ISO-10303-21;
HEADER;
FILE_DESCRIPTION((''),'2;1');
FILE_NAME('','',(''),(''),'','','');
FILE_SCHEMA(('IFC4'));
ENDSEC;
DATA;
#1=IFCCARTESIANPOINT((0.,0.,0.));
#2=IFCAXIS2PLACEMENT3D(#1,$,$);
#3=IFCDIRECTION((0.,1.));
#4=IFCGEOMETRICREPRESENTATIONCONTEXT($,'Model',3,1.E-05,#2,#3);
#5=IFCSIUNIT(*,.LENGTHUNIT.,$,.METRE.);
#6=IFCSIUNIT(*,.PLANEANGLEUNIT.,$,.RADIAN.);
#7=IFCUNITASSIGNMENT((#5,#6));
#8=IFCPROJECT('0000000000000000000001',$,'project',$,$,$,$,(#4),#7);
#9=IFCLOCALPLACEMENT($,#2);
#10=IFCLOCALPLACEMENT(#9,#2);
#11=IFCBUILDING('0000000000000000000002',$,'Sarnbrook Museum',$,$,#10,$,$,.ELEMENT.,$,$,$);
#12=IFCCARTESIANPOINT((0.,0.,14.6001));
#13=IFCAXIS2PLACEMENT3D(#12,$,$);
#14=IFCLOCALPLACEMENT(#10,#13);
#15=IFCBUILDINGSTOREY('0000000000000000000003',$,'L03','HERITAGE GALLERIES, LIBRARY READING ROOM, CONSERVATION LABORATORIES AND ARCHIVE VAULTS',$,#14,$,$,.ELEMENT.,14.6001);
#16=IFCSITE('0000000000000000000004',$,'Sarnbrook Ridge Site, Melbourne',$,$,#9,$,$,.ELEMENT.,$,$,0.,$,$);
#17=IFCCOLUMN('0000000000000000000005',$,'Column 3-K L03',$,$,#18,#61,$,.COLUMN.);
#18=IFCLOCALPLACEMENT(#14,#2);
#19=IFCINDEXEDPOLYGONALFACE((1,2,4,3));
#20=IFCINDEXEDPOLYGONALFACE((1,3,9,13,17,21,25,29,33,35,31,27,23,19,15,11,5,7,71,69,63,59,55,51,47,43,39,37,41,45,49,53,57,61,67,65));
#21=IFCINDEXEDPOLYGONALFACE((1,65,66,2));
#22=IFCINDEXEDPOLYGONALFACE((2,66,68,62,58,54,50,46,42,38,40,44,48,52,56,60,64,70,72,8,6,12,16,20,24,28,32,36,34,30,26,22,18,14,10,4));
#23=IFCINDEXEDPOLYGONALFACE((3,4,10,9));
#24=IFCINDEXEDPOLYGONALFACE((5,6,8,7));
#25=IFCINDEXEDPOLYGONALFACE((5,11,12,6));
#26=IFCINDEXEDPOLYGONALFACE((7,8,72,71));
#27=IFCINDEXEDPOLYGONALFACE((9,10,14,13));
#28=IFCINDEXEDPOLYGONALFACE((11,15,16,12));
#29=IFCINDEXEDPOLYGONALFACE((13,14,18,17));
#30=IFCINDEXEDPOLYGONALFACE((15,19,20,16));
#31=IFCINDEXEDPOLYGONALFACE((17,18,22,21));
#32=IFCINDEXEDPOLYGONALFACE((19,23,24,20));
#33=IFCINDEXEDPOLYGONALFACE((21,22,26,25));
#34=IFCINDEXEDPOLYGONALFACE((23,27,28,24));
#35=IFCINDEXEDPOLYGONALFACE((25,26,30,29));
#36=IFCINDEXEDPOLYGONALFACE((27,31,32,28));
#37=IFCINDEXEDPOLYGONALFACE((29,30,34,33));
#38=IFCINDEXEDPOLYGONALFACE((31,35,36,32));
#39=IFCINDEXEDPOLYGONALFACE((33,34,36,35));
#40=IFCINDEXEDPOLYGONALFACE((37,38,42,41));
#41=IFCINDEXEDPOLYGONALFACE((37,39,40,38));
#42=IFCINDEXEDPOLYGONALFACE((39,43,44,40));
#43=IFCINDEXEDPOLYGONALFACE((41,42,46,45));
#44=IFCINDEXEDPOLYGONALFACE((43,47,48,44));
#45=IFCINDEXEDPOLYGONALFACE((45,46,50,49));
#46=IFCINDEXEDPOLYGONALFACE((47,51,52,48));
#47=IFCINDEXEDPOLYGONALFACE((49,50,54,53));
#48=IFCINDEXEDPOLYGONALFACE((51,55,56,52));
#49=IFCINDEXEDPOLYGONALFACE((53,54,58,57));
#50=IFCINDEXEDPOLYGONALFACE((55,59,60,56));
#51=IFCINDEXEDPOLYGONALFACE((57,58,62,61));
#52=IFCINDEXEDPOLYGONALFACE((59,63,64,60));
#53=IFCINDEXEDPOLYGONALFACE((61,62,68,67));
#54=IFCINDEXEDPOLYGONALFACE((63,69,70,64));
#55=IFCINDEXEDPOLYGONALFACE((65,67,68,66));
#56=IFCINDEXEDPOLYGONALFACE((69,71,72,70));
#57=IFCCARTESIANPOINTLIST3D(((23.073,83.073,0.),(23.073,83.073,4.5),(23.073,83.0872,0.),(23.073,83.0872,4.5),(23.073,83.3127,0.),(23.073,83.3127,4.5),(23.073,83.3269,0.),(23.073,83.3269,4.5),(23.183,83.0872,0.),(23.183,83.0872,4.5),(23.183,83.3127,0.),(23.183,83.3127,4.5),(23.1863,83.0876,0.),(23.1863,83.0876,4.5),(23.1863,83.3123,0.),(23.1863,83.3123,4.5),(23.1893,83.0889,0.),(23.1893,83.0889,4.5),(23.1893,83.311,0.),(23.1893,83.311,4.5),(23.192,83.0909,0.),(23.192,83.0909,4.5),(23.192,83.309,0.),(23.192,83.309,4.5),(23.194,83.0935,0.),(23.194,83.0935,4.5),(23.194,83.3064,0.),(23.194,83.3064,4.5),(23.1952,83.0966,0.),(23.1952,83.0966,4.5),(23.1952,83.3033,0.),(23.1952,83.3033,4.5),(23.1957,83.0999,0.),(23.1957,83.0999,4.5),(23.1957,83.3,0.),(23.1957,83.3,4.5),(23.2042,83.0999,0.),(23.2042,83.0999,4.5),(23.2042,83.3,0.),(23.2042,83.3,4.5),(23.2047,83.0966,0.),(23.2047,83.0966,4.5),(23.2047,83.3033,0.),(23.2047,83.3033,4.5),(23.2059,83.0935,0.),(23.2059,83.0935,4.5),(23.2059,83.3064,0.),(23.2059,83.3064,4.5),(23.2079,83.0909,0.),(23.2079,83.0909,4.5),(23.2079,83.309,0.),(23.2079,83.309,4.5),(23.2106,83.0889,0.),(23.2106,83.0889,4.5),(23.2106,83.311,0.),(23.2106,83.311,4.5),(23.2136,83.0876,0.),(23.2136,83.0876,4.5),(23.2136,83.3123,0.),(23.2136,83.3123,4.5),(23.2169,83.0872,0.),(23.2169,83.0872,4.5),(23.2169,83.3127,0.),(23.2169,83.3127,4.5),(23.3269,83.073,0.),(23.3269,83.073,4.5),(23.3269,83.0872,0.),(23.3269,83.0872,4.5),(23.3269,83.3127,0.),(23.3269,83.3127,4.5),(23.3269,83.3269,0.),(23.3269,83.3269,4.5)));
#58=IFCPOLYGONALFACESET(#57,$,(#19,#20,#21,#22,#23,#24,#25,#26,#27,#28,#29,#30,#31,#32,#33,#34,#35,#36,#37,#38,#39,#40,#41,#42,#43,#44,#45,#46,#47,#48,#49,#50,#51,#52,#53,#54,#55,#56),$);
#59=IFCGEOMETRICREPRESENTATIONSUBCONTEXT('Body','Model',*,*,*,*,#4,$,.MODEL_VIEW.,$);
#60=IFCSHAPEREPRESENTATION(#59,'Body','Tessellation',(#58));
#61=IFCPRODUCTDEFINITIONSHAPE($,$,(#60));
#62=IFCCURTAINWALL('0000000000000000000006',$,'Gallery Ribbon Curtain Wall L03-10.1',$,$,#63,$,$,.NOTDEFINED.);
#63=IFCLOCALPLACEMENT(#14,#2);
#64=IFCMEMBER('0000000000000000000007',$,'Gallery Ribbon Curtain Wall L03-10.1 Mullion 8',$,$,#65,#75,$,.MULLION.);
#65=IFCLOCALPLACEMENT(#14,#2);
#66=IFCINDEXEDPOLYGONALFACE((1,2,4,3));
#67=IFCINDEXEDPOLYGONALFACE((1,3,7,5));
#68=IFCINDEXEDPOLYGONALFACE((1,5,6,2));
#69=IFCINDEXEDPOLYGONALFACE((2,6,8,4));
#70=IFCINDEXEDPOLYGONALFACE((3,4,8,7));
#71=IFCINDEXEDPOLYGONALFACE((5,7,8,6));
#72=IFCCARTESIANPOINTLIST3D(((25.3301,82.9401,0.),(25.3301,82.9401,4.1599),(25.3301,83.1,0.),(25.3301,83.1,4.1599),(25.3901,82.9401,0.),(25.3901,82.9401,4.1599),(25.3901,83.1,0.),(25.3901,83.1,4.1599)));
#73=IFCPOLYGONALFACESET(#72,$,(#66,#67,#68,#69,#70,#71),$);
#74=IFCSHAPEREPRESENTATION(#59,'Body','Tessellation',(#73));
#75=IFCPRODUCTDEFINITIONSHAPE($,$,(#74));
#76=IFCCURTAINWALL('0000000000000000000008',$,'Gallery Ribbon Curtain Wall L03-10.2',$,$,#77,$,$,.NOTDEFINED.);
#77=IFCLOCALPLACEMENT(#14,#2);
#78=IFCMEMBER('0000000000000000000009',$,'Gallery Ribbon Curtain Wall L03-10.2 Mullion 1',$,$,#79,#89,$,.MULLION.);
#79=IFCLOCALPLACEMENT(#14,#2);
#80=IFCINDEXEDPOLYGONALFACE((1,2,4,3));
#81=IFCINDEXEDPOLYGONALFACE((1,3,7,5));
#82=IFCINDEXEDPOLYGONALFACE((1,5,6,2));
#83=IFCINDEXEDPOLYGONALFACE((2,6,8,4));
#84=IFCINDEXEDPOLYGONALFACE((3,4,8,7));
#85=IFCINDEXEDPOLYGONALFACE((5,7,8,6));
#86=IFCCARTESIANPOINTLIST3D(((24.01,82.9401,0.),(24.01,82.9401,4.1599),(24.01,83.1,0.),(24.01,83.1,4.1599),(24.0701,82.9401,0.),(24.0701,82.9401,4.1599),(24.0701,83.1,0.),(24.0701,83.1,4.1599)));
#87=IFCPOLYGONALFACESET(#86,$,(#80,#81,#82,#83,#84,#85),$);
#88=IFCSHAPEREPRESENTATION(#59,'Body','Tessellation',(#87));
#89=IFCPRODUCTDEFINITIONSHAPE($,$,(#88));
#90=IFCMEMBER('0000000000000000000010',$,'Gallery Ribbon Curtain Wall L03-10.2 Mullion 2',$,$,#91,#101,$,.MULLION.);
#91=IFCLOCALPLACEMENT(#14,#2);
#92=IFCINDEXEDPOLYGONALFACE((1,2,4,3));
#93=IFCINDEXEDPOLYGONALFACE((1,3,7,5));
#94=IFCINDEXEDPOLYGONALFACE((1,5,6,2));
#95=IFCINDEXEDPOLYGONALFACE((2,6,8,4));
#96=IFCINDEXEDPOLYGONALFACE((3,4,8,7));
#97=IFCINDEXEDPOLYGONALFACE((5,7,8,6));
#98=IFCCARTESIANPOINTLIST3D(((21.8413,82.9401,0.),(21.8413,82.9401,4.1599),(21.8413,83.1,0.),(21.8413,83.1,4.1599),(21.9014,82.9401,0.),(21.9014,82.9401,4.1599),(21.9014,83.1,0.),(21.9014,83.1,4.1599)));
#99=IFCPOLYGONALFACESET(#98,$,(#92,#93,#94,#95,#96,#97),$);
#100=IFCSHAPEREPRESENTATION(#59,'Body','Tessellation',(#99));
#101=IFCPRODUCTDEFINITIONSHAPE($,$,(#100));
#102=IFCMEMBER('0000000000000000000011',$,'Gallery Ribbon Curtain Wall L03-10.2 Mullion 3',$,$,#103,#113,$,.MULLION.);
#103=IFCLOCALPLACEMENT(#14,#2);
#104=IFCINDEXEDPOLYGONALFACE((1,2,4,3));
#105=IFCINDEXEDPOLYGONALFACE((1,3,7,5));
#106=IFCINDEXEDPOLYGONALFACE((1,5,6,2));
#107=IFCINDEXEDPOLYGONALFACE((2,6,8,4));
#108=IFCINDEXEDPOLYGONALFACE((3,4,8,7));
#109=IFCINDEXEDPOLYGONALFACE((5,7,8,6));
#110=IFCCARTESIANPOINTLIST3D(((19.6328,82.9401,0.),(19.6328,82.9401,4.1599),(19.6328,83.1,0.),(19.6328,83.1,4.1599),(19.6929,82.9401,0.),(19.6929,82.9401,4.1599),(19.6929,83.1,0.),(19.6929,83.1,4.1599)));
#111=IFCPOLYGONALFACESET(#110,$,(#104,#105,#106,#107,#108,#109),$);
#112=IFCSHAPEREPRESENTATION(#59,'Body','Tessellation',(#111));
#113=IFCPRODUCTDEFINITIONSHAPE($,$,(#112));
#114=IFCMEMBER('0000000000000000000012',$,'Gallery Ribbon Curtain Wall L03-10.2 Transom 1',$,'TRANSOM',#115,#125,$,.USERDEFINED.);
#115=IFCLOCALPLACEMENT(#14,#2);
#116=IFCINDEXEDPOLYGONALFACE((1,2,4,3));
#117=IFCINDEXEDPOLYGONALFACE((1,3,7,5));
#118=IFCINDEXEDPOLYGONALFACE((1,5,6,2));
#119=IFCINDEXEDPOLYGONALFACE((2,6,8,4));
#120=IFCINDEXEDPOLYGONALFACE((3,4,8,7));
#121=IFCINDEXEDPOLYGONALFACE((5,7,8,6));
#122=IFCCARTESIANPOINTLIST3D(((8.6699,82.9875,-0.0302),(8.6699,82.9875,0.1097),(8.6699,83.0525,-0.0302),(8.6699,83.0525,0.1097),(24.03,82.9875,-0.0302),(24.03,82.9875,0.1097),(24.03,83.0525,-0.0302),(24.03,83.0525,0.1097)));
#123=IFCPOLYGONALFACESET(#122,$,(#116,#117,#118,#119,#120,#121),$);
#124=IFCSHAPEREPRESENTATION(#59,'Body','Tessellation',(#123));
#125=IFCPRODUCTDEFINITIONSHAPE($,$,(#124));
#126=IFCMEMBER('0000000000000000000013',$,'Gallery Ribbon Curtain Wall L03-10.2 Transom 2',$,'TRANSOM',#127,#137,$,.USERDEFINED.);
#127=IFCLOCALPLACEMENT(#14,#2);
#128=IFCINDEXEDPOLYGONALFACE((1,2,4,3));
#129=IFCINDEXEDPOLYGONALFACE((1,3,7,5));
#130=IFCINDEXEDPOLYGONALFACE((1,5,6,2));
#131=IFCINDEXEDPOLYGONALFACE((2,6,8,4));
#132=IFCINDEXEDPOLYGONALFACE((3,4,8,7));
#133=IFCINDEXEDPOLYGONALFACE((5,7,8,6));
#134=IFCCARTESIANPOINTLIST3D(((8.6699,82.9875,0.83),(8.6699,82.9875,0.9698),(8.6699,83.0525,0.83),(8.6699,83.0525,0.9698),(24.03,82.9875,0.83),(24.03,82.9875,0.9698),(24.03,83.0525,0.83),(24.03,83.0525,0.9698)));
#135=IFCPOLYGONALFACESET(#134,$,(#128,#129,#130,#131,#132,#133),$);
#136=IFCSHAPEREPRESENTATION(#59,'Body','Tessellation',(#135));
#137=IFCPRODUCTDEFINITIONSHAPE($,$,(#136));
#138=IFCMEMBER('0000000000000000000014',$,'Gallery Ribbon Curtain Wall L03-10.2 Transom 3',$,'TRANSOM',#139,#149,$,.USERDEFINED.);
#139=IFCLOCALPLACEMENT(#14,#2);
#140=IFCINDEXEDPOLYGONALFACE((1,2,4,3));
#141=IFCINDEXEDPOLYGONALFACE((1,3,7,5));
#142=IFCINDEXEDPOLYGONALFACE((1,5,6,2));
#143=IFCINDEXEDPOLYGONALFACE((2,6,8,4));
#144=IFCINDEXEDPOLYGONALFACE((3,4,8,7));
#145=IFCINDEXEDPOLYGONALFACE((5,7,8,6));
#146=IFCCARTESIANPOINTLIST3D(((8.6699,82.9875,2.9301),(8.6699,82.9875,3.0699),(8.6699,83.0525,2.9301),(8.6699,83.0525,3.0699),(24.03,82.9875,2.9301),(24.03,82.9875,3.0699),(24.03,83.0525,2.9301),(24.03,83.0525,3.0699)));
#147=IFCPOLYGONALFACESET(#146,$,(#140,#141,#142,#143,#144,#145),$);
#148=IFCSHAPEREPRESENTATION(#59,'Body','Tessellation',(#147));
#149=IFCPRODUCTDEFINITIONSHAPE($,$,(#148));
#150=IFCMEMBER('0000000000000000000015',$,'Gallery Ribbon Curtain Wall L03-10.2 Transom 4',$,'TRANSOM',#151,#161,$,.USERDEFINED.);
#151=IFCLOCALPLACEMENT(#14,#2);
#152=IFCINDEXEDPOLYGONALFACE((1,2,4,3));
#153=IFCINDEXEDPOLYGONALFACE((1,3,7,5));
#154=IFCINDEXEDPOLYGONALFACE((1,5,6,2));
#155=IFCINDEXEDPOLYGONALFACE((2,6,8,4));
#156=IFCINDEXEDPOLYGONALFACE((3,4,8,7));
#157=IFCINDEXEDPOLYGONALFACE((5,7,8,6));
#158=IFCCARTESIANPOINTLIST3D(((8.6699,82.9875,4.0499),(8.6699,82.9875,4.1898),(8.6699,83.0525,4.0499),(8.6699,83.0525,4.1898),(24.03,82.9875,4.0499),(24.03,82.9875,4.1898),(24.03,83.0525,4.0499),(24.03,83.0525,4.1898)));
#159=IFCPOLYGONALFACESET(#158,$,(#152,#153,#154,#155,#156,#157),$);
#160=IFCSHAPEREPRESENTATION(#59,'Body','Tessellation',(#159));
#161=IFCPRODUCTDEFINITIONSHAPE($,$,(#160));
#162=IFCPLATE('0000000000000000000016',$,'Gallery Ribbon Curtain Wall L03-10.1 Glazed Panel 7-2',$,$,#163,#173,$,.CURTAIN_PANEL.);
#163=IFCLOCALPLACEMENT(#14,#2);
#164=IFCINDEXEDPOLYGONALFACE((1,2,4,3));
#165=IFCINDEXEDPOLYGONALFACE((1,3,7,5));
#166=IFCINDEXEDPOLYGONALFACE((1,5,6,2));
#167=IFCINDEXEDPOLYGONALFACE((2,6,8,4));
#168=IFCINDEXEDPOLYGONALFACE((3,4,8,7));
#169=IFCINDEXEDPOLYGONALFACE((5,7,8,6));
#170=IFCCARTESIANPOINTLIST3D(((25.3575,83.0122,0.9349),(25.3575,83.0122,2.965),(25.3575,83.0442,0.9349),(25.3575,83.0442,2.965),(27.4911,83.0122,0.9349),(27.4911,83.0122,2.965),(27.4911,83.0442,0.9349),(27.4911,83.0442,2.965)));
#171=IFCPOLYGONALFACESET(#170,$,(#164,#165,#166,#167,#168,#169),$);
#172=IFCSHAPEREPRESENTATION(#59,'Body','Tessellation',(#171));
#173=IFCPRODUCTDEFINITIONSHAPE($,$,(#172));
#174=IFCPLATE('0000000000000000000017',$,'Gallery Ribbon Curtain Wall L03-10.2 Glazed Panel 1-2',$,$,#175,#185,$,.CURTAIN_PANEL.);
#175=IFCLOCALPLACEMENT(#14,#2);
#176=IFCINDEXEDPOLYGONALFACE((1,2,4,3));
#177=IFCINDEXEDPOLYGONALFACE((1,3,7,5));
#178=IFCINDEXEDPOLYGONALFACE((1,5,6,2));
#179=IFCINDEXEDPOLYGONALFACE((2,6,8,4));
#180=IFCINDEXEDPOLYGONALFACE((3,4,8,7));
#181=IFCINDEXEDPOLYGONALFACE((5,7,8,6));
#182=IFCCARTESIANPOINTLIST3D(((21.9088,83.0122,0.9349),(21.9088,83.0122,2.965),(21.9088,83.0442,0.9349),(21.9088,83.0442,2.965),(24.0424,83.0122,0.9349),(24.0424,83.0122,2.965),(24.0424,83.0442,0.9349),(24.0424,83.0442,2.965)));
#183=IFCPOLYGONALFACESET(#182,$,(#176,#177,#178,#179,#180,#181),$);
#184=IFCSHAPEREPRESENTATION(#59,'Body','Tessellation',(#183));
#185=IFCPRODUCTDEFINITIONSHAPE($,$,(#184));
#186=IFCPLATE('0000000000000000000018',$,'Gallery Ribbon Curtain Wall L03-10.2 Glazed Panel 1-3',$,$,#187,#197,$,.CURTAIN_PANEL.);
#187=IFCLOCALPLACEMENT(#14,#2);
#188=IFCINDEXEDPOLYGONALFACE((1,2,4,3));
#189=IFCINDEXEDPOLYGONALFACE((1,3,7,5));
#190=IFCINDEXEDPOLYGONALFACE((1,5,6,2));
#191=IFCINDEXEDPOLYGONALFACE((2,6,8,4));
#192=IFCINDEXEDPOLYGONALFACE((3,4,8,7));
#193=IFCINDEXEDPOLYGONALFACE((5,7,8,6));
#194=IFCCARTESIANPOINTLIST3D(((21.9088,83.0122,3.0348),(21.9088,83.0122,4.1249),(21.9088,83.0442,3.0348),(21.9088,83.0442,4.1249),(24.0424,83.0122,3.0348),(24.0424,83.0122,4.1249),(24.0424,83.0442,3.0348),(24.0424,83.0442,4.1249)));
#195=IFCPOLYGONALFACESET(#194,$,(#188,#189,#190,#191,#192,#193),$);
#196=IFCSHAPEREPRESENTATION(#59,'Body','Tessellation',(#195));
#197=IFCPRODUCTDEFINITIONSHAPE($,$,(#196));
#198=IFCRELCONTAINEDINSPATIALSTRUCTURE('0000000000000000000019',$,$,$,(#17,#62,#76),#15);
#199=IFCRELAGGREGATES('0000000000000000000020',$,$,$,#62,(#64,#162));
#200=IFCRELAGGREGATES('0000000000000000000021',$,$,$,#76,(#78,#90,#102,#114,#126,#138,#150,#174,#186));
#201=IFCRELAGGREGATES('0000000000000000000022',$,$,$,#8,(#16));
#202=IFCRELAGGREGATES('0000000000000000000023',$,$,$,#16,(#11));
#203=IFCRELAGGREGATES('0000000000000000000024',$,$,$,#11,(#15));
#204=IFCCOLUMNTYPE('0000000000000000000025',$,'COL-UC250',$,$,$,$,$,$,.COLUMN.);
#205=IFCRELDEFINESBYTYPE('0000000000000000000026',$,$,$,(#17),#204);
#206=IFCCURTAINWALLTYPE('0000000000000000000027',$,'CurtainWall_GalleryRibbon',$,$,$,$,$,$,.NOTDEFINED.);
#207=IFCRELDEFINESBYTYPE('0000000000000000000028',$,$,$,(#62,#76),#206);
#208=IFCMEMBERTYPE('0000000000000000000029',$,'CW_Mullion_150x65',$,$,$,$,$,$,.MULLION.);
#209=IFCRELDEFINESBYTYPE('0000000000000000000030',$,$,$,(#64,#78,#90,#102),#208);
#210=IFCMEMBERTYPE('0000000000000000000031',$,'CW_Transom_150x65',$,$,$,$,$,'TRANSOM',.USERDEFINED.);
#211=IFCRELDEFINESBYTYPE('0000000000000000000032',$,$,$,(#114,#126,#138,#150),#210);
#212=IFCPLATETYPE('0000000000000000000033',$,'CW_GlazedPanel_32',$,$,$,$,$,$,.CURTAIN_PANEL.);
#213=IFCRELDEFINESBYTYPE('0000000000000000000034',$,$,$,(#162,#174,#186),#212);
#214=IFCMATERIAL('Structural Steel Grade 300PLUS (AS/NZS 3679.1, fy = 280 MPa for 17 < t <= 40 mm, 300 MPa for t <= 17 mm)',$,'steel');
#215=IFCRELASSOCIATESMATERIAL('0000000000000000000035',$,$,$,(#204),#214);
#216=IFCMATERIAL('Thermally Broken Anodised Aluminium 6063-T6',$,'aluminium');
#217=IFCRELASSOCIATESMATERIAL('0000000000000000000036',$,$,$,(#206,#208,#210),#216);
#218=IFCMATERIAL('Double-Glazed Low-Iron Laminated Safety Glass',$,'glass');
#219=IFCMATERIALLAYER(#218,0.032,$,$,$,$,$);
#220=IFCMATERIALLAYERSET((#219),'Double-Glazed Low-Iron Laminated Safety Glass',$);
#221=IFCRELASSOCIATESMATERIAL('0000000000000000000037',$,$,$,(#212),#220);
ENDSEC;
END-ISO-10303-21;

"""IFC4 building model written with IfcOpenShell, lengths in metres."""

from ifc_helpers import new_model, si_unit, direction, frame, origin, origin_2d, place, context, subcontext, project, spatial, rectangle, i_section, extrude, material, layer, layer_set, material_profile, profile_set, type_object, element, aggregate, save


model = new_model("IFC4")

# Units and contexts
model_context = context("Model", 3, precision=1e-05, world=origin(), true_north=direction((0.0, 1.0)))
body_context = subcontext(model_context, "Body", "Model", "MODEL_VIEW")
ifc_project = project(units=[si_unit("LENGTHUNIT", "METRE"), si_unit("PLANEANGLEUNIT", "RADIAN")], contexts=[model_context])

# Site, building, storey
site_placement = place(None, origin())
site = spatial("IfcSite", under=ifc_project, at=site_placement, Name="Sarnbrook Ridge Site, Melbourne", CompositionType="ELEMENT", RefElevation=0.0)
building_placement = place(site_placement, origin())
building = spatial("IfcBuilding", under=site, at=building_placement, Name="Sarnbrook Museum", CompositionType="ELEMENT")
storey_placement = place(building_placement, frame((0.0, 0.0, 14.6001)))
storey = spatial("IfcBuildingStorey", under=building, at=storey_placement, Name="L03", Description="HERITAGE GALLERIES, LIBRARY READING ROOM, CONSERVATION LABORATORIES AND ARCHIVE VAULTS", CompositionType="ELEMENT", Elevation=14.6001)

# Column
ifc_material_1 = material(Name="Structural Steel Grade 300PLUS (AS/NZS 3679.1, fy = 280 MPa for 17 < t <= 40 mm, 300 MPa for t <= 17 mm)", Category="steel")
ifc_material_profile_1 = material_profile(ifc_material_1, i_section(OverallWidth=0.2539, OverallDepth=0.2539, WebThickness=0.0085, FlangeThickness=0.0142, FilletRadius=0.0127, at=origin_2d()), Name="250UC72.9")
ifc_profile_set_1 = profile_set([ifc_material_profile_1], Name="Structural Steel Grade 300PLUS (AS/NZS 3679.1, fy = 280 MPa for 17 < t <= 40 mm, 300 MPa for t <= 17 mm)")
column_type = type_object("IfcColumnType", Name="COL-UC250", PredefinedType="COLUMN", material=ifc_profile_set_1)
column_placement = place(storey_placement, frame((23.2, 83.2, 0.0), z_axis=(0.0, 0.0, 1.0), x_axis=(1.0, 0.0, 0.0)))
element("IfcColumn", 1, at=column_placement, inside=storey, type_object=column_type, Name="Column 3-K L03", PredefinedType="COLUMN", context=body_context, shape_type="SweptSolid", body=[
    extrude(i_section(OverallWidth=0.2539, OverallDepth=0.2539, WebThickness=0.0085, FlangeThickness=0.0142, FilletRadius=0.0127, at=origin_2d()), origin(), (0.0, 0.0, 1.0), 4.5),
])

# Curtain wall, member
ifc_material_2 = material(Name="Thermally Broken Anodised Aluminium 6063-T6", Category="aluminium")
curtain_wall_type = type_object("IfcCurtainWallType", Name="CurtainWall_GalleryRibbon", PredefinedType="NOTDEFINED", material=ifc_material_2)
curtain_wall_1_placement = place(storey_placement, origin())
curtain_wall_1 = element("IfcCurtainWall", 2, at=curtain_wall_1_placement, inside=storey, type_object=curtain_wall_type, Name="Gallery Ribbon Curtain Wall L03-10.1", PredefinedType="NOTDEFINED")
ifc_material_profile_2 = material_profile(ifc_material_2, rectangle(XDim=0.0601, YDim=0.1599, at=origin_2d()), Name="ALU MULLION 60x160")
ifc_profile_set_2 = profile_set([ifc_material_profile_2], Name="Thermally Broken Anodised Aluminium 6063-T6")
member_type_1 = type_object("IfcMemberType", Name="CW_Mullion_150x65", PredefinedType="MULLION", material=ifc_profile_set_2)
member_1_placement = place(storey_placement, frame((25.3601, 83.02, 0.0), z_axis=(0.0, 0.0, 1.0), x_axis=(1.0, 0.0, 0.0)))
member_1 = element("IfcMember", 3, at=member_1_placement, type_object=member_type_1, Name="Gallery Ribbon Curtain Wall L03-10.1 Mullion 8", PredefinedType="MULLION", context=body_context, shape_type="SweptSolid", body=[
    extrude(rectangle(XDim=0.0601, YDim=0.1599, at=origin_2d()), origin(), (0.0, 0.0, 1.0), 4.1599),
])

# Curtain wall, members
curtain_wall_2_placement = place(storey_placement, origin())
curtain_wall_2 = element("IfcCurtainWall", 4, at=curtain_wall_2_placement, inside=storey, type_object=curtain_wall_type, Name="Gallery Ribbon Curtain Wall L03-10.2", PredefinedType="NOTDEFINED")
member_2_placement = place(storey_placement, frame((24.04, 83.02, 0.0), z_axis=(0.0, 0.0, 1.0), x_axis=(1.0, 0.0, 0.0)))
member_2 = element("IfcMember", 5, at=member_2_placement, type_object=member_type_1, Name="Gallery Ribbon Curtain Wall L03-10.2 Mullion 1", PredefinedType="MULLION", context=body_context, shape_type="SweptSolid", body=[
    extrude(rectangle(XDim=0.0601, YDim=0.1599, at=origin_2d()), origin(), (0.0, 0.0, 1.0), 4.1599),
])
member_3_placement = place(storey_placement, frame((21.8713, 83.02, 0.0), z_axis=(0.0, 0.0, 1.0), x_axis=(1.0, 0.0, 0.0)))
member_3 = element("IfcMember", 6, at=member_3_placement, type_object=member_type_1, Name="Gallery Ribbon Curtain Wall L03-10.2 Mullion 2", PredefinedType="MULLION", context=body_context, shape_type="SweptSolid", body=[
    extrude(rectangle(XDim=0.0601, YDim=0.1599, at=origin_2d()), origin(), (0.0, 0.0, 1.0), 4.1599),
])
member_4_placement = place(storey_placement, frame((19.6628, 83.02, 0.0), z_axis=(0.0, 0.0, 1.0), x_axis=(1.0, 0.0, 0.0)))
member_4 = element("IfcMember", 7, at=member_4_placement, type_object=member_type_1, Name="Gallery Ribbon Curtain Wall L03-10.2 Mullion 3", PredefinedType="MULLION", context=body_context, shape_type="SweptSolid", body=[
    extrude(rectangle(XDim=0.0601, YDim=0.1599, at=origin_2d()), origin(), (0.0, 0.0, 1.0), 4.1599),
])
ifc_material_profile_3 = material_profile(ifc_material_2, rectangle(XDim=0.0649, YDim=0.1399, at=origin_2d()), Name="ALU TRANSOM 65x140")
ifc_profile_set_3 = profile_set([ifc_material_profile_3], Name="Thermally Broken Anodised Aluminium 6063-T6")
member_type_2 = type_object("IfcMemberType", Name="CW_Transom_150x65", ElementType="TRANSOM", PredefinedType="USERDEFINED", material=ifc_profile_set_3)
member_5_placement = place(storey_placement, frame((24.03, 83.02, 0.0398), z_axis=(-1.0, 0.0, 0.0), x_axis=(0.0, -1.0, 0.0)))
member_5 = element("IfcMember", 8, at=member_5_placement, type_object=member_type_2, Name="Gallery Ribbon Curtain Wall L03-10.2 Transom 1", ObjectType="TRANSOM", PredefinedType="USERDEFINED", context=body_context, shape_type="SweptSolid", body=[
    extrude(rectangle(XDim=0.0649, YDim=0.1399, at=origin_2d()), origin(), (0.0, 0.0, 1.0), 15.3601),
])
member_6_placement = place(storey_placement, frame((24.03, 83.02, 0.8999), z_axis=(-1.0, 0.0, 0.0), x_axis=(0.0, -1.0, 0.0)))
member_6 = element("IfcMember", 9, at=member_6_placement, type_object=member_type_2, Name="Gallery Ribbon Curtain Wall L03-10.2 Transom 2", ObjectType="TRANSOM", PredefinedType="USERDEFINED", context=body_context, shape_type="SweptSolid", body=[
    extrude(rectangle(XDim=0.0649, YDim=0.1399, at=origin_2d()), origin(), (0.0, 0.0, 1.0), 15.3601),
])
member_7_placement = place(storey_placement, frame((24.03, 83.02, 3.0), z_axis=(-1.0, 0.0, 0.0), x_axis=(0.0, -1.0, 0.0)))
member_7 = element("IfcMember", 10, at=member_7_placement, type_object=member_type_2, Name="Gallery Ribbon Curtain Wall L03-10.2 Transom 3", ObjectType="TRANSOM", PredefinedType="USERDEFINED", context=body_context, shape_type="SweptSolid", body=[
    extrude(rectangle(XDim=0.0649, YDim=0.1399, at=origin_2d()), origin(), (0.0, 0.0, 1.0), 15.3601),
])
member_8_placement = place(storey_placement, frame((24.03, 83.02, 4.1199), z_axis=(-1.0, 0.0, 0.0), x_axis=(0.0, -1.0, 0.0)))
member_8 = element("IfcMember", 11, at=member_8_placement, type_object=member_type_2, Name="Gallery Ribbon Curtain Wall L03-10.2 Transom 4", ObjectType="TRANSOM", PredefinedType="USERDEFINED", context=body_context, shape_type="SweptSolid", body=[
    extrude(rectangle(XDim=0.0649, YDim=0.1399, at=origin_2d()), origin(), (0.0, 0.0, 1.0), 15.3601),
])

# Plates
ifc_material_3 = material(Name="Double-Glazed Low-Iron Laminated Safety Glass", Category="glass")
ifc_layer_1 = layer(ifc_material_3, 0.032)
ifc_layer_set_1 = layer_set([ifc_layer_1], Name="Double-Glazed Low-Iron Laminated Safety Glass")
plate_type_1 = type_object("IfcPlateType", Name="CW_GlazedPanel_32", PredefinedType="CURTAIN_PANEL", material=ifc_layer_set_1)
plate_1_placement = place(storey_placement, frame((26.4243, 83.0122, 1.95), z_axis=(0.0, 1.0, 0.0), x_axis=(-1.0, 0.0, 0.0)))
plate_1 = element("IfcPlate", 12, at=plate_1_placement, type_object=plate_type_1, Name="Gallery Ribbon Curtain Wall L03-10.1 Glazed Panel 7-2", PredefinedType="CURTAIN_PANEL", context=body_context, shape_type="SweptSolid", body=[
    extrude(rectangle(XDim=2.1335, YDim=2.03, at=origin_2d()), origin(), (0.0, 0.0, 1.0), 0.032),
])
plate_2_placement = place(storey_placement, frame((22.9756, 83.0122, 1.95), z_axis=(0.0, 1.0, 0.0), x_axis=(-1.0, 0.0, 0.0)))
plate_2 = element("IfcPlate", 13, at=plate_2_placement, type_object=plate_type_1, Name="Gallery Ribbon Curtain Wall L03-10.2 Glazed Panel 1-2", PredefinedType="CURTAIN_PANEL", context=body_context, shape_type="SweptSolid", body=[
    extrude(rectangle(XDim=2.1335, YDim=2.03, at=origin_2d()), origin(), (0.0, 0.0, 1.0), 0.032),
])
plate_3_placement = place(storey_placement, frame((22.9756, 83.0122, 3.5798), z_axis=(0.0, 1.0, 0.0), x_axis=(-1.0, 0.0, 0.0)))
plate_3 = element("IfcPlate", 14, at=plate_3_placement, type_object=plate_type_1, Name="Gallery Ribbon Curtain Wall L03-10.2 Glazed Panel 1-3", PredefinedType="CURTAIN_PANEL", context=body_context, shape_type="SweptSolid", body=[
    extrude(rectangle(XDim=2.1335, YDim=1.0901, at=origin_2d()), origin(), (0.0, 0.0, 1.0), 0.032),
])
aggregate(curtain_wall_1, [member_1, plate_1])
aggregate(curtain_wall_2, [member_2, member_3, member_4, member_5, member_6, member_7, member_8, plate_2, plate_3])

save(model, "model.ifc")
